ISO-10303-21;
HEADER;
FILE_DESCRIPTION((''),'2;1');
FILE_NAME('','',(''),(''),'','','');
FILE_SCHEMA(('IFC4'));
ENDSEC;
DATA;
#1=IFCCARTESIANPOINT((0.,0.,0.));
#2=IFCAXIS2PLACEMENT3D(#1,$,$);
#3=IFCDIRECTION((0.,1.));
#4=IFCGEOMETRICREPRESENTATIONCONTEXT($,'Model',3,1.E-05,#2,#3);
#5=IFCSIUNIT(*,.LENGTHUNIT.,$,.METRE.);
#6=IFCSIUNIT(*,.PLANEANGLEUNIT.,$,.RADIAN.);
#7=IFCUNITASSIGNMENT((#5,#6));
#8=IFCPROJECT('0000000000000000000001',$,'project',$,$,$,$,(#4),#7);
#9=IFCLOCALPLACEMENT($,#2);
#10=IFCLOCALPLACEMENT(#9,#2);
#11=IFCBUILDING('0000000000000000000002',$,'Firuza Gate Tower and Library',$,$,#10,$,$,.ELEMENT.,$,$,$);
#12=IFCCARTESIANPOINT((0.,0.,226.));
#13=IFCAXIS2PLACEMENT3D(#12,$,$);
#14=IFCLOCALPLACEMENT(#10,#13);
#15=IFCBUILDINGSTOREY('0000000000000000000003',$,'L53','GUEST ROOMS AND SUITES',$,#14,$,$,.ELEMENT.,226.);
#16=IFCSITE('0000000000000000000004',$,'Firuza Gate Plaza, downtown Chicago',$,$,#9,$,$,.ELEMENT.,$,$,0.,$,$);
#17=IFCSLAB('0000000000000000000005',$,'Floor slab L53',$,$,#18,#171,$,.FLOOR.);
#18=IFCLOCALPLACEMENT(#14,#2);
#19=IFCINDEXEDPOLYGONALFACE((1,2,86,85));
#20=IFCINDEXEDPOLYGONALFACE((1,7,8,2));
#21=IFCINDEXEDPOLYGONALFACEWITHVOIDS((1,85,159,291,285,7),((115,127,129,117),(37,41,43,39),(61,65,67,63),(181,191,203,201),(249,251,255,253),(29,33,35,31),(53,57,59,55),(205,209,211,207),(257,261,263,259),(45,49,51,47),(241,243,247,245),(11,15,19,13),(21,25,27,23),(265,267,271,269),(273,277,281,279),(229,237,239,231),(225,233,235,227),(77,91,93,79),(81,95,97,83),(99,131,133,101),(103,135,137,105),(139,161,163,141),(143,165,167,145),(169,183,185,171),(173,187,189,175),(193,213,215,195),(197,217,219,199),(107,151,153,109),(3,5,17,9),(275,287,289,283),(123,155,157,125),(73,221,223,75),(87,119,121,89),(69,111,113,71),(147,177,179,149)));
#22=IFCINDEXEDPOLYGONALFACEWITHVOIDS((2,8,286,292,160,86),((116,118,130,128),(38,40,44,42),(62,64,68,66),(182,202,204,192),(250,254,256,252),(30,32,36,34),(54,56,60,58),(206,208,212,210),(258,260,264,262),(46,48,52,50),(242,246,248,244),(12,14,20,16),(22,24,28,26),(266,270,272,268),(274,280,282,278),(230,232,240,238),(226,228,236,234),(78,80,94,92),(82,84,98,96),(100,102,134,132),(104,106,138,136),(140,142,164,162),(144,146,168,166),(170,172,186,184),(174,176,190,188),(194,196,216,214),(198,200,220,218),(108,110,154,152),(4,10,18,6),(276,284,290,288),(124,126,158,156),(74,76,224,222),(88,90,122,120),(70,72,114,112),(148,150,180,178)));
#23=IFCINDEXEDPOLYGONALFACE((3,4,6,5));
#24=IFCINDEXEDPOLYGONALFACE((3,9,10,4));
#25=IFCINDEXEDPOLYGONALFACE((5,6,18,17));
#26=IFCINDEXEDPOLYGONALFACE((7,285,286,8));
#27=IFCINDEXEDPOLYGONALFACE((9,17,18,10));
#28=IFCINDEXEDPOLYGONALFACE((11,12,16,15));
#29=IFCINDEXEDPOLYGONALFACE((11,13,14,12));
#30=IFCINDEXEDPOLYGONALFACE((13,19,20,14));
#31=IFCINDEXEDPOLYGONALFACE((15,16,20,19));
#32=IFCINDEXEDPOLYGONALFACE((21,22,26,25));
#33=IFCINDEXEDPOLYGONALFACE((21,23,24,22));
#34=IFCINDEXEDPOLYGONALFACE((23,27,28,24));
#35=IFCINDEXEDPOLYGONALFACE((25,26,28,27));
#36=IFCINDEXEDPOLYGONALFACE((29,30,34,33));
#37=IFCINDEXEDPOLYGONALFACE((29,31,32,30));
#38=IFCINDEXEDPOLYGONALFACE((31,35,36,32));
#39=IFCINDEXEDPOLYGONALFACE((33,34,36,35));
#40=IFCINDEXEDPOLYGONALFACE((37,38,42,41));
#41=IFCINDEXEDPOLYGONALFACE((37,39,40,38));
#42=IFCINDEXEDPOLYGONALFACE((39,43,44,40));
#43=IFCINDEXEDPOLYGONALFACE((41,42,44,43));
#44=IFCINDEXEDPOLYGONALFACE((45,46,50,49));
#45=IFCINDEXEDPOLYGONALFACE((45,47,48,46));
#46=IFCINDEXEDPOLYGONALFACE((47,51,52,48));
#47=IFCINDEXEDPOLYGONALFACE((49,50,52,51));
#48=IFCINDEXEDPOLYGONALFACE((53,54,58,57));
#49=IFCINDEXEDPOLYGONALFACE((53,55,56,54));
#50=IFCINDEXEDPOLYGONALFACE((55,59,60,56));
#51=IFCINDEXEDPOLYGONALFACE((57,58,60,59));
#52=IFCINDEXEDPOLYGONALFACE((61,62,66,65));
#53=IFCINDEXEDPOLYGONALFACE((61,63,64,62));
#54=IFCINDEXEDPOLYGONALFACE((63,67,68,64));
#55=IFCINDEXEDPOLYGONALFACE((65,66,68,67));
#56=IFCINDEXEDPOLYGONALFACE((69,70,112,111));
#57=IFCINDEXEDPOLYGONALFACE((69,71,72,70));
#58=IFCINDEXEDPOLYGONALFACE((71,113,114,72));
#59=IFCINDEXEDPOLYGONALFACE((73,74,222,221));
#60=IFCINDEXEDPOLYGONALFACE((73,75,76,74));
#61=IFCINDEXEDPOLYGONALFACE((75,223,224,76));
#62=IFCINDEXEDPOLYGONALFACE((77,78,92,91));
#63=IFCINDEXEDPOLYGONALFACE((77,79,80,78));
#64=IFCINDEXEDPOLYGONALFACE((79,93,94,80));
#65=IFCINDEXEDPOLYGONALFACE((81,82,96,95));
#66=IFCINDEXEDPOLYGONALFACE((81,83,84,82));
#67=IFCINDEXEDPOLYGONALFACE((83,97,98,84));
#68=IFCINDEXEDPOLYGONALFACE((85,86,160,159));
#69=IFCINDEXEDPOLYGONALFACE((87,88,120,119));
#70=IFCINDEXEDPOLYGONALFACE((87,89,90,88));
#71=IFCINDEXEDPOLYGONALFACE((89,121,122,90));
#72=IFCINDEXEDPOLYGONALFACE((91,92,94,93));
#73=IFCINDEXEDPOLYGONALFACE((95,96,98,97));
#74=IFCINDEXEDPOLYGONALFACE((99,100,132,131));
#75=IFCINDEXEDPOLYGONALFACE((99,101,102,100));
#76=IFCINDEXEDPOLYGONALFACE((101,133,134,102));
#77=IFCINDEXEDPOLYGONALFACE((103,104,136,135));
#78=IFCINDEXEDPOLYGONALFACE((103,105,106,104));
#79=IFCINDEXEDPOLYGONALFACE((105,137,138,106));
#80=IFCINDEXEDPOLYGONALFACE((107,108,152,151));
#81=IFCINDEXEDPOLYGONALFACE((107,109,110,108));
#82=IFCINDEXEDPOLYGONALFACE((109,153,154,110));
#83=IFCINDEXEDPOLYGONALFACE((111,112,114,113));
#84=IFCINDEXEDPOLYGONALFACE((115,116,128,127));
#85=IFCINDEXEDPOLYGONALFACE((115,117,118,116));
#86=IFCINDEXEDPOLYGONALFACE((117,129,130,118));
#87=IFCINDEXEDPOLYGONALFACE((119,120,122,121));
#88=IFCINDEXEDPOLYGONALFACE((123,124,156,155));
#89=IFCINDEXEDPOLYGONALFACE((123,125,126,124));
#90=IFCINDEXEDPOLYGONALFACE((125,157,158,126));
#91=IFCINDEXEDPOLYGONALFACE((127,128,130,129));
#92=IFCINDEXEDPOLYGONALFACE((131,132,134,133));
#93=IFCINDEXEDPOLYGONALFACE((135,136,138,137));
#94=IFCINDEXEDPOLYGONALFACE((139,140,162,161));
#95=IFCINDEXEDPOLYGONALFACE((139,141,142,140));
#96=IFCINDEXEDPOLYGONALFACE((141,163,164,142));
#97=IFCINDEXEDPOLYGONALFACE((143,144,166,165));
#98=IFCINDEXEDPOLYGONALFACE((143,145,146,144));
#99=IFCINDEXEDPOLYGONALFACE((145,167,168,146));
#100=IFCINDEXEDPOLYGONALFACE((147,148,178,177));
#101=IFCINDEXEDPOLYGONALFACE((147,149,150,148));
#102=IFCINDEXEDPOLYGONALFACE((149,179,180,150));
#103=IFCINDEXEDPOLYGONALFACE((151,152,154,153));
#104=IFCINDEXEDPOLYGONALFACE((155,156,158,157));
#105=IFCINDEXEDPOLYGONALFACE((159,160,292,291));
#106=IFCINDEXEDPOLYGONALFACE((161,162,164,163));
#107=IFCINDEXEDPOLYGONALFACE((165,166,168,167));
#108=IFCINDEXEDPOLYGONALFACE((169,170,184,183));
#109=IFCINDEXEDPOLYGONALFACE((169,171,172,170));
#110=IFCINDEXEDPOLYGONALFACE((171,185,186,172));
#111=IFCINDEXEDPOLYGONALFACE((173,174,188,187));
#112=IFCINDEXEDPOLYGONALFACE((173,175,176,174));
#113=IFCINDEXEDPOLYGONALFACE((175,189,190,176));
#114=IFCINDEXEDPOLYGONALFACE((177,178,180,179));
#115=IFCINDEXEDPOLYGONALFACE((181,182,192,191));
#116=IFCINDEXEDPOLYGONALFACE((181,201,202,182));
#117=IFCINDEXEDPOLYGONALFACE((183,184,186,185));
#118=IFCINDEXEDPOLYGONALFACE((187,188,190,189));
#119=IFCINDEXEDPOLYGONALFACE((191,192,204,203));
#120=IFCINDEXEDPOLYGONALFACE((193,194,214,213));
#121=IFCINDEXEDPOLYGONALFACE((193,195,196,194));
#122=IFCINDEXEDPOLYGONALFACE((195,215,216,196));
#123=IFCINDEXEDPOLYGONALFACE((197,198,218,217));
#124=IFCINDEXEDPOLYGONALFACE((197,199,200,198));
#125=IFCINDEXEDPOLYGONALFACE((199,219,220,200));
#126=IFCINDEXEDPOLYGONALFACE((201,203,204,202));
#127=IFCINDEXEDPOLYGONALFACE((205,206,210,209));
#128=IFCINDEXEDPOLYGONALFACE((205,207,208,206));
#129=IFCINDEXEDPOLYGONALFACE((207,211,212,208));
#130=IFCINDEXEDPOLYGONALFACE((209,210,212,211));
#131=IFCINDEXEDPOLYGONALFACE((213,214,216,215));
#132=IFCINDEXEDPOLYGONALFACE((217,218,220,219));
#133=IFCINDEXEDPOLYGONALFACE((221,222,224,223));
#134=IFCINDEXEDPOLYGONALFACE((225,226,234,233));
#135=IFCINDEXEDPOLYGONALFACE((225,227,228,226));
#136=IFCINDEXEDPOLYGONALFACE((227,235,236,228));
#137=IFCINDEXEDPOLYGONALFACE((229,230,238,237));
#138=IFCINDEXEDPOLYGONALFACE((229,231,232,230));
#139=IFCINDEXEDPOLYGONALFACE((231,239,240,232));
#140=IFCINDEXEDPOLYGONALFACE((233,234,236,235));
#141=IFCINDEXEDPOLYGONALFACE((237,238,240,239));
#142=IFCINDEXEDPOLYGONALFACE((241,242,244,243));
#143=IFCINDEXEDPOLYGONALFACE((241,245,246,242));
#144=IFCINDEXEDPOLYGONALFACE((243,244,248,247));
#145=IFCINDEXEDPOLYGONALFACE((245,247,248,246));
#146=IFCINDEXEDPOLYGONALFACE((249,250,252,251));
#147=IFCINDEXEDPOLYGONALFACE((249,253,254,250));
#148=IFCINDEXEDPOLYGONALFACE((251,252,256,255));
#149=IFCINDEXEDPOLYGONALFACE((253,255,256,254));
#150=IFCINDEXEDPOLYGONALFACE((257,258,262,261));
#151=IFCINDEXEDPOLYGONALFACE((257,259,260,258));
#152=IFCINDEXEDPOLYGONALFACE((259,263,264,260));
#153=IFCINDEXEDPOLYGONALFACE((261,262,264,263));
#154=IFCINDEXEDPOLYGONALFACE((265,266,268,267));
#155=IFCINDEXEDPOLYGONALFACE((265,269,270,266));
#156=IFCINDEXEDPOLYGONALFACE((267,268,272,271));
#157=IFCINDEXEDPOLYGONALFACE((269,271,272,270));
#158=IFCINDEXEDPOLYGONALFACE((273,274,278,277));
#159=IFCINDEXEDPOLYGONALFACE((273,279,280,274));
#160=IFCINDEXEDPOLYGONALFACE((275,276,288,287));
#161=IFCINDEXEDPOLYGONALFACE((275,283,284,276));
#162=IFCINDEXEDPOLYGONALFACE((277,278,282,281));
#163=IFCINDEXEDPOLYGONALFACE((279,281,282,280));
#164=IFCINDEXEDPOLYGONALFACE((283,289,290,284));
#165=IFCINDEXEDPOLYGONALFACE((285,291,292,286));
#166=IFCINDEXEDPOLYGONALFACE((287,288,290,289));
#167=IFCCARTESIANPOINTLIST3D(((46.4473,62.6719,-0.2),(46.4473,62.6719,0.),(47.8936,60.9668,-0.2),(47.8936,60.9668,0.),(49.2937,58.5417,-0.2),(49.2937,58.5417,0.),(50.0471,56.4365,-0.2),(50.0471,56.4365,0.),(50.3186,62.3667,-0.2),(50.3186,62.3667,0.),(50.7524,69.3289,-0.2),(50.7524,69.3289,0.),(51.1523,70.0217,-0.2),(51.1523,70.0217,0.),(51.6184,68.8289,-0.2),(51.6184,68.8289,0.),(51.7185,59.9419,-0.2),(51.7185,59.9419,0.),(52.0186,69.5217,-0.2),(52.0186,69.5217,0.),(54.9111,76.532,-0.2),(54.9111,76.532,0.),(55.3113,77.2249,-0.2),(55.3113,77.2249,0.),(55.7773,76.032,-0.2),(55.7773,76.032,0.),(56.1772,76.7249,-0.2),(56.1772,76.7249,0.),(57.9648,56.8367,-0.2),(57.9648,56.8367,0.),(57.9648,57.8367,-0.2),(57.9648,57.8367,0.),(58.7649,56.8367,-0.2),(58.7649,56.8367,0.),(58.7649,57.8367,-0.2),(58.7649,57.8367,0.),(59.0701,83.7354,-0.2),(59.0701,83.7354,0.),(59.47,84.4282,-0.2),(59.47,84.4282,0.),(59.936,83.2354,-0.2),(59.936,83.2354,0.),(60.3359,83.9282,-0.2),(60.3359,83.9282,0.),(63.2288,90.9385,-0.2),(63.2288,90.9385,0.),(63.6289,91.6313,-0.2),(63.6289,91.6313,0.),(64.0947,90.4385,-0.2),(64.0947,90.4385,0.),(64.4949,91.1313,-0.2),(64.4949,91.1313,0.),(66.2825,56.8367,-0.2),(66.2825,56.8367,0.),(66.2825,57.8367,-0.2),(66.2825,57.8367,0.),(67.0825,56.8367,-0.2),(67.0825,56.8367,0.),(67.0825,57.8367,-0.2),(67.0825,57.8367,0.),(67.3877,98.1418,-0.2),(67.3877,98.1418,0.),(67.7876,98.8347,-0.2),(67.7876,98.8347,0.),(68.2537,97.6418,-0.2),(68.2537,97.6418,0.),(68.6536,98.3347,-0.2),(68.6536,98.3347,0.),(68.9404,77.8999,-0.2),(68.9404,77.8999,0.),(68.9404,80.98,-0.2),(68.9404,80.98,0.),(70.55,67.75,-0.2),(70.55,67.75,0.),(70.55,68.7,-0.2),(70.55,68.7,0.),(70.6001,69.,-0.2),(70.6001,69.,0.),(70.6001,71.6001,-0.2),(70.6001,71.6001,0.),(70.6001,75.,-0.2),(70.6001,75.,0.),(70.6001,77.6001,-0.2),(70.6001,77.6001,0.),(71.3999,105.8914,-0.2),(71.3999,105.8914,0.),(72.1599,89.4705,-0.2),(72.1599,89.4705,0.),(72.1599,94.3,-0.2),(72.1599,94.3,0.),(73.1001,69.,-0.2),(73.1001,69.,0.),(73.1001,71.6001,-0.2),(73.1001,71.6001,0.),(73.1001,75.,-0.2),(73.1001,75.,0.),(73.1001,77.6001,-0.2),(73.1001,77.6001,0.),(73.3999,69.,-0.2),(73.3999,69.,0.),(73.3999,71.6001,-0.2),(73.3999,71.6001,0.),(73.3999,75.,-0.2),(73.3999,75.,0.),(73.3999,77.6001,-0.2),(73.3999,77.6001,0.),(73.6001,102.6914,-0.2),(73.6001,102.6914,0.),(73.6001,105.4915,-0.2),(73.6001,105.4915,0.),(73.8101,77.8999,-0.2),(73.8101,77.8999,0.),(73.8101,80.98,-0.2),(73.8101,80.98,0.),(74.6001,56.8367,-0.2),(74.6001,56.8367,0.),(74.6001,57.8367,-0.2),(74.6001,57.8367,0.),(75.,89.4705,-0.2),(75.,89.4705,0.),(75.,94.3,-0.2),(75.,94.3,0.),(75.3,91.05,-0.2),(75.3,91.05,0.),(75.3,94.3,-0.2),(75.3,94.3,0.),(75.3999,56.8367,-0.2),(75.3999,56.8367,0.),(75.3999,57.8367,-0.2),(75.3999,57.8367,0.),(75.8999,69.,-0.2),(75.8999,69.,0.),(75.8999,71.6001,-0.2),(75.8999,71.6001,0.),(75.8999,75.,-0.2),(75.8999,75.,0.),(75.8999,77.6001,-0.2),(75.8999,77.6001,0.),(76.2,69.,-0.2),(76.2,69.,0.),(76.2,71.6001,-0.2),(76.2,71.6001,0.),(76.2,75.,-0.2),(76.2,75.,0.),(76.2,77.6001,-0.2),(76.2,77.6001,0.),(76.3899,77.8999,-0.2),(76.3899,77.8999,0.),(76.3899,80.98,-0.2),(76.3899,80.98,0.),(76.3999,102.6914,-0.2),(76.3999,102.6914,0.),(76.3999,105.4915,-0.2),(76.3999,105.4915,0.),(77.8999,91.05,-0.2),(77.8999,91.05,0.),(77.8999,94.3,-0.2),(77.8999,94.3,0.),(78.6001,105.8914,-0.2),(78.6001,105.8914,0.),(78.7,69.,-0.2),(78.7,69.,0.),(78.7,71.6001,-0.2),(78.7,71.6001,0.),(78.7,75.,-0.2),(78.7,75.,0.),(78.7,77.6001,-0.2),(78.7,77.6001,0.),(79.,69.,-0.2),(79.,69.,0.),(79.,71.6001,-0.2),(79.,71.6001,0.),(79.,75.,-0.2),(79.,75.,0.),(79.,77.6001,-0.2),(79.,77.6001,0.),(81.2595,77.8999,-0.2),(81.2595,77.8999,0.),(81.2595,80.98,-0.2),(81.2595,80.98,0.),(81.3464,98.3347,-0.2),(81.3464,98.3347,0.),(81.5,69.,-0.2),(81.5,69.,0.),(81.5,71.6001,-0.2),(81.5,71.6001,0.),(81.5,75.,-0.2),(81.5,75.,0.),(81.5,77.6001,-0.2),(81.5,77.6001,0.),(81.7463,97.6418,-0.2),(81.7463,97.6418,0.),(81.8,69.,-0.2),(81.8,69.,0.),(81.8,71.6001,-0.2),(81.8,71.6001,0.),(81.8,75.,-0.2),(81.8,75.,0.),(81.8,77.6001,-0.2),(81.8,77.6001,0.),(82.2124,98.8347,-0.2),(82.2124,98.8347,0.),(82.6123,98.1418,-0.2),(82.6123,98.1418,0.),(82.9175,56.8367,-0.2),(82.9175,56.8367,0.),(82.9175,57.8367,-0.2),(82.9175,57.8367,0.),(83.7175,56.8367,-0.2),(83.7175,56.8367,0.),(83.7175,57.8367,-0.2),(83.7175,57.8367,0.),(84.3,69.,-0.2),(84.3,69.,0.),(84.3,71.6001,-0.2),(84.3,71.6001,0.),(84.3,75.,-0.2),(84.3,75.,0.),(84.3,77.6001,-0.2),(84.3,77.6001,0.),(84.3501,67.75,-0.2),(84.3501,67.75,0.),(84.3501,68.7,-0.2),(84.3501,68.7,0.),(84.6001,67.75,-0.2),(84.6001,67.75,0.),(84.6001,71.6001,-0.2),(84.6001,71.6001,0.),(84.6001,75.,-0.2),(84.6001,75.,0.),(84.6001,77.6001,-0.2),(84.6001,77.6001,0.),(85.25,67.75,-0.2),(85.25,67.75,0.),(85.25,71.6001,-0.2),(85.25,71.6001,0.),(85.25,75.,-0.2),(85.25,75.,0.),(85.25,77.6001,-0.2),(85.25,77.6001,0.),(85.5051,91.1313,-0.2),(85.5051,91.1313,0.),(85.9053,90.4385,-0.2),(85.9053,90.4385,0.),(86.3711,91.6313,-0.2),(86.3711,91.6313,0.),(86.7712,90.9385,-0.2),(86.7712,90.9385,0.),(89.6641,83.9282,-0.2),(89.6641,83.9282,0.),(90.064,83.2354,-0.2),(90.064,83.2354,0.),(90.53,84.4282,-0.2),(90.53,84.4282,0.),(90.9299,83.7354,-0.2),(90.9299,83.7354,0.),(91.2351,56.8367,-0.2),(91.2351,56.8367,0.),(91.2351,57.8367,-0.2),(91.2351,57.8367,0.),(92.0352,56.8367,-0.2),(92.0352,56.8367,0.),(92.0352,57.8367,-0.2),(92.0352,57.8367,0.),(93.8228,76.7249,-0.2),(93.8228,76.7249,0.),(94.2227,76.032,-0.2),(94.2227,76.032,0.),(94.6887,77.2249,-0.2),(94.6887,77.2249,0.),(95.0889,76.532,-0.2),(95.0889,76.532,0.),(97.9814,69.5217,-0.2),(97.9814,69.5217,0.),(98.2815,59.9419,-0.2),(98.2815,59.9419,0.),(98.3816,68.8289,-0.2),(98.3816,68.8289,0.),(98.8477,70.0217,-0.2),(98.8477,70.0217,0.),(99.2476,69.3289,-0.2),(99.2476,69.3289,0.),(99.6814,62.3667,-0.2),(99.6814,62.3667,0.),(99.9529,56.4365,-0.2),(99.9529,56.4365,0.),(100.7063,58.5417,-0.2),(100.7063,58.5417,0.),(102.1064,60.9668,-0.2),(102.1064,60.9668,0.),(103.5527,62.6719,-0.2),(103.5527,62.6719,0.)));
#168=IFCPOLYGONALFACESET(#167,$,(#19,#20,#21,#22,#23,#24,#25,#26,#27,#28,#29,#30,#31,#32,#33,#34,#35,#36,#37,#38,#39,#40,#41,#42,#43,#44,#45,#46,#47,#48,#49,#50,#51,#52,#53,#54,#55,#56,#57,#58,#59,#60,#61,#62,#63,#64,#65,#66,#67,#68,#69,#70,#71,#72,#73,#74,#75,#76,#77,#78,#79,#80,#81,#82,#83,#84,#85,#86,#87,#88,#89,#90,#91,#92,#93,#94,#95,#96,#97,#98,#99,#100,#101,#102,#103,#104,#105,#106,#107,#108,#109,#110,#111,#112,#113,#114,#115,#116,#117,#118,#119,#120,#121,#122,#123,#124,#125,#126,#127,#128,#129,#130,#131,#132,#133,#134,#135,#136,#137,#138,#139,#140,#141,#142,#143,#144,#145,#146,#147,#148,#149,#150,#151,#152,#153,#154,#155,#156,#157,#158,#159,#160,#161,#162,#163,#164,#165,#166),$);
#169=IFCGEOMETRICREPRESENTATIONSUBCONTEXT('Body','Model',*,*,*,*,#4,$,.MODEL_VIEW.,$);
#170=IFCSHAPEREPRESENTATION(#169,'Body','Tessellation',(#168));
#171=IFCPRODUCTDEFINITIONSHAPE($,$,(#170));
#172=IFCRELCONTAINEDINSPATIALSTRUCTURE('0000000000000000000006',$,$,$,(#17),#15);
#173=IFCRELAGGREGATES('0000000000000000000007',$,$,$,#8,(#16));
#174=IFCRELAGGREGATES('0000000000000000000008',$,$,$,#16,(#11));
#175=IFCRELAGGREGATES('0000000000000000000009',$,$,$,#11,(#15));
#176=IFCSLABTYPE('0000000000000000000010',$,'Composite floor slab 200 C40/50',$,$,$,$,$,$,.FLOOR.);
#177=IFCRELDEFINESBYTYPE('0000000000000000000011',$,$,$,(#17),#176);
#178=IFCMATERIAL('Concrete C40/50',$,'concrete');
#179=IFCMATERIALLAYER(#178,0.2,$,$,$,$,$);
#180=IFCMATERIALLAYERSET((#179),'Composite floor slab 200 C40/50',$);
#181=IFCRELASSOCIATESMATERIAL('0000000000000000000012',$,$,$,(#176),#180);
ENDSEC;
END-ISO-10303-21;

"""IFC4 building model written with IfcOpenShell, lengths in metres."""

from ifc_helpers import new_model, si_unit, direction, frame, origin, place, context, subcontext, project, spatial, polyline, outline, extrude, material, layer, layer_set, type_object, element, save


model = new_model("IFC4")

# Units and contexts
model_context = context("Model", 3, precision=1e-05, world=origin(), true_north=direction((0.0, 1.0)))
body_context = subcontext(model_context, "Body", "Model", "MODEL_VIEW")
ifc_project = project(units=[si_unit("LENGTHUNIT", "METRE"), si_unit("PLANEANGLEUNIT", "RADIAN")], contexts=[model_context])

# Site, building, storey
site_placement = place(None, origin())
site = spatial("IfcSite", under=ifc_project, at=site_placement, Name="Firuza Gate Plaza, downtown Chicago", CompositionType="ELEMENT", RefElevation=0.0)
building_placement = place(site_placement, origin())
building = spatial("IfcBuilding", under=site, at=building_placement, Name="Firuza Gate Tower and Library", CompositionType="ELEMENT")
storey_placement = place(building_placement, frame((0.0, 0.0, 226.0)))
storey = spatial("IfcBuildingStorey", under=building, at=storey_placement, Name="L53", Description="GUEST ROOMS AND SUITES", CompositionType="ELEMENT", Elevation=226.0)

# Slab
ifc_material_1 = material(Name="Concrete C40/50", Category="concrete")
ifc_layer_1 = layer(ifc_material_1, 0.2)
ifc_layer_set_1 = layer_set([ifc_layer_1], Name="Composite floor slab 200 C40/50")
slab_type_1 = type_object("IfcSlabType", Name="Composite floor slab 200 C40/50", PredefinedType="FLOOR", material=ifc_layer_set_1)
placement_1 = place(storey_placement, frame((0.0, 0.0, -0.2)))
element("IfcSlab", 1, at=placement_1, inside=storey, type_object=slab_type_1, Name="Floor slab L53", PredefinedType="FLOOR", context=body_context, shape_type="SweptSolid", body=[
    extrude(outline(polyline([(46.4473, 62.6719), (50.0471, 56.4365), (99.9529, 56.4365), (103.5527, 62.6719), (78.6001, 105.8914), (71.3999, 105.8914), (46.4473, 62.6719)]), holes=[polyline([(57.9648, 56.8367), (57.9648, 57.8367), (58.7649, 57.8367), (58.7649, 56.8367), (57.9648, 56.8367)]), polyline([(74.6001, 56.8367), (74.6001, 57.8367), (75.3999, 57.8367), (75.3999, 56.8367), (74.6001, 56.8367)]), polyline([(66.2825, 56.8367), (66.2825, 57.8367), (67.0825, 57.8367), (67.0825, 56.8367), (66.2825, 56.8367)]), polyline([(47.8936, 60.9668), (50.3186, 62.3667), (51.7185, 59.9419), (49.2937, 58.5417), (47.8936, 60.9668)]), polyline([(84.3501, 67.75), (70.55, 67.75), (70.55, 68.7), (84.3501, 68.7), (84.3501, 67.75)]), polyline([(51.1523, 70.0217), (52.0186, 69.5217), (51.6184, 68.8289), (50.7524, 69.3289), (51.1523, 70.0217)]), polyline([(73.1001, 69.0), (70.6001, 69.0), (70.6001, 71.6001), (73.1001, 71.6001), (73.1001, 69.0)]), polyline([(75.8999, 69.0), (73.3999, 69.0), (73.3999, 71.6001), (75.8999, 71.6001), (75.8999, 69.0)]), polyline([(73.1001, 75.0), (70.6001, 75.0), (70.6001, 77.6001), (73.1001, 77.6001), (73.1001, 75.0)]), polyline([(75.8999, 75.0), (73.3999, 75.0), (73.3999, 77.6001), (75.8999, 77.6001), (75.8999, 75.0)]), polyline([(55.3113, 77.2249), (56.1772, 76.7249), (55.7773, 76.032), (54.9111, 76.532), (55.3113, 77.2249)]), polyline([(73.8101, 77.8999), (68.9404, 77.8999), (68.9404, 80.98), (73.8101, 80.98), (73.8101, 77.8999)]), polyline([(59.47, 84.4282), (60.3359, 83.9282), (59.936, 83.2354), (59.0701, 83.7354), (59.47, 84.4282)]), polyline([(63.6289, 91.6313), (64.4949, 91.1313), (64.0947, 90.4385), (63.2288, 90.9385), (63.6289, 91.6313)]), polyline([(72.1599, 89.4705), (72.1599, 94.3), (75.0, 94.3), (75.0, 89.4705), (72.1599, 89.4705)]), polyline([(75.3, 91.05), (75.3, 94.3), (77.8999, 94.3), (77.8999, 91.05), (75.3, 91.05)]), polyline([(68.6536, 98.3347), (68.2537, 97.6418), (67.3877, 98.1418), (67.7876, 98.8347), (68.6536, 98.3347)]), polyline([(76.3999, 105.4915), (76.3999, 102.6914), (73.6001, 102.6914), (73.6001, 105.4915), (76.3999, 105.4915)]), polyline([(91.2351, 56.8367), (91.2351, 57.8367), (92.0352, 57.8367), (92.0352, 56.8367), (91.2351, 56.8367)]), polyline([(82.9175, 56.8367), (82.9175, 57.8367), (83.7175, 57.8367), (83.7175, 56.8367), (82.9175, 56.8367)]), polyline([(100.7063, 58.5417), (98.2815, 59.9419), (99.6814, 62.3667), (102.1064, 60.9668), (100.7063, 58.5417)]), polyline([(99.2476, 69.3289), (98.3816, 68.8289), (97.9814, 69.5217), (98.8477, 70.0217), (99.2476, 69.3289)]), polyline([(85.25, 67.75), (84.6001, 67.75), (84.6001, 71.6001), (85.25, 71.6001), (85.25, 67.75)]), polyline([(81.5, 69.0), (79.0, 69.0), (79.0, 71.6001), (81.5, 71.6001), (81.5, 69.0)]), polyline([(81.8, 69.0), (81.8, 71.6001), (84.3, 71.6001), (84.3, 69.0), (81.8, 69.0)]), polyline([(76.2, 69.0), (76.2, 71.6001), (78.7, 71.6001), (78.7, 69.0), (76.2, 69.0)]), polyline([(81.5, 75.0), (79.0, 75.0), (79.0, 77.6001), (81.5, 77.6001), (81.5, 75.0)]), polyline([(84.3, 75.0), (81.8, 75.0), (81.8, 77.6001), (84.3, 77.6001), (84.3, 75.0)]), polyline([(85.25, 75.0), (84.6001, 75.0), (84.6001, 77.6001), (85.25, 77.6001), (85.25, 75.0)]), polyline([(78.7, 75.0), (76.2, 75.0), (76.2, 77.6001), (78.7, 77.6001), (78.7, 75.0)]), polyline([(95.0889, 76.532), (94.2227, 76.032), (93.8228, 76.7249), (94.6887, 77.2249), (95.0889, 76.532)]), polyline([(81.2595, 77.8999), (76.3899, 77.8999), (76.3899, 80.98), (81.2595, 80.98), (81.2595, 77.8999)]), polyline([(90.9299, 83.7354), (90.064, 83.2354), (89.6641, 83.9282), (90.53, 84.4282), (90.9299, 83.7354)]), polyline([(85.9053, 90.4385), (85.5051, 91.1313), (86.3711, 91.6313), (86.7712, 90.9385), (85.9053, 90.4385)]), polyline([(81.7463, 97.6418), (81.3464, 98.3347), (82.2124, 98.8347), (82.6123, 98.1418), (81.7463, 97.6418)])]), origin(), (0.0, 0.0, 1.0), 0.2),
])

save(model, "model.ifc")
